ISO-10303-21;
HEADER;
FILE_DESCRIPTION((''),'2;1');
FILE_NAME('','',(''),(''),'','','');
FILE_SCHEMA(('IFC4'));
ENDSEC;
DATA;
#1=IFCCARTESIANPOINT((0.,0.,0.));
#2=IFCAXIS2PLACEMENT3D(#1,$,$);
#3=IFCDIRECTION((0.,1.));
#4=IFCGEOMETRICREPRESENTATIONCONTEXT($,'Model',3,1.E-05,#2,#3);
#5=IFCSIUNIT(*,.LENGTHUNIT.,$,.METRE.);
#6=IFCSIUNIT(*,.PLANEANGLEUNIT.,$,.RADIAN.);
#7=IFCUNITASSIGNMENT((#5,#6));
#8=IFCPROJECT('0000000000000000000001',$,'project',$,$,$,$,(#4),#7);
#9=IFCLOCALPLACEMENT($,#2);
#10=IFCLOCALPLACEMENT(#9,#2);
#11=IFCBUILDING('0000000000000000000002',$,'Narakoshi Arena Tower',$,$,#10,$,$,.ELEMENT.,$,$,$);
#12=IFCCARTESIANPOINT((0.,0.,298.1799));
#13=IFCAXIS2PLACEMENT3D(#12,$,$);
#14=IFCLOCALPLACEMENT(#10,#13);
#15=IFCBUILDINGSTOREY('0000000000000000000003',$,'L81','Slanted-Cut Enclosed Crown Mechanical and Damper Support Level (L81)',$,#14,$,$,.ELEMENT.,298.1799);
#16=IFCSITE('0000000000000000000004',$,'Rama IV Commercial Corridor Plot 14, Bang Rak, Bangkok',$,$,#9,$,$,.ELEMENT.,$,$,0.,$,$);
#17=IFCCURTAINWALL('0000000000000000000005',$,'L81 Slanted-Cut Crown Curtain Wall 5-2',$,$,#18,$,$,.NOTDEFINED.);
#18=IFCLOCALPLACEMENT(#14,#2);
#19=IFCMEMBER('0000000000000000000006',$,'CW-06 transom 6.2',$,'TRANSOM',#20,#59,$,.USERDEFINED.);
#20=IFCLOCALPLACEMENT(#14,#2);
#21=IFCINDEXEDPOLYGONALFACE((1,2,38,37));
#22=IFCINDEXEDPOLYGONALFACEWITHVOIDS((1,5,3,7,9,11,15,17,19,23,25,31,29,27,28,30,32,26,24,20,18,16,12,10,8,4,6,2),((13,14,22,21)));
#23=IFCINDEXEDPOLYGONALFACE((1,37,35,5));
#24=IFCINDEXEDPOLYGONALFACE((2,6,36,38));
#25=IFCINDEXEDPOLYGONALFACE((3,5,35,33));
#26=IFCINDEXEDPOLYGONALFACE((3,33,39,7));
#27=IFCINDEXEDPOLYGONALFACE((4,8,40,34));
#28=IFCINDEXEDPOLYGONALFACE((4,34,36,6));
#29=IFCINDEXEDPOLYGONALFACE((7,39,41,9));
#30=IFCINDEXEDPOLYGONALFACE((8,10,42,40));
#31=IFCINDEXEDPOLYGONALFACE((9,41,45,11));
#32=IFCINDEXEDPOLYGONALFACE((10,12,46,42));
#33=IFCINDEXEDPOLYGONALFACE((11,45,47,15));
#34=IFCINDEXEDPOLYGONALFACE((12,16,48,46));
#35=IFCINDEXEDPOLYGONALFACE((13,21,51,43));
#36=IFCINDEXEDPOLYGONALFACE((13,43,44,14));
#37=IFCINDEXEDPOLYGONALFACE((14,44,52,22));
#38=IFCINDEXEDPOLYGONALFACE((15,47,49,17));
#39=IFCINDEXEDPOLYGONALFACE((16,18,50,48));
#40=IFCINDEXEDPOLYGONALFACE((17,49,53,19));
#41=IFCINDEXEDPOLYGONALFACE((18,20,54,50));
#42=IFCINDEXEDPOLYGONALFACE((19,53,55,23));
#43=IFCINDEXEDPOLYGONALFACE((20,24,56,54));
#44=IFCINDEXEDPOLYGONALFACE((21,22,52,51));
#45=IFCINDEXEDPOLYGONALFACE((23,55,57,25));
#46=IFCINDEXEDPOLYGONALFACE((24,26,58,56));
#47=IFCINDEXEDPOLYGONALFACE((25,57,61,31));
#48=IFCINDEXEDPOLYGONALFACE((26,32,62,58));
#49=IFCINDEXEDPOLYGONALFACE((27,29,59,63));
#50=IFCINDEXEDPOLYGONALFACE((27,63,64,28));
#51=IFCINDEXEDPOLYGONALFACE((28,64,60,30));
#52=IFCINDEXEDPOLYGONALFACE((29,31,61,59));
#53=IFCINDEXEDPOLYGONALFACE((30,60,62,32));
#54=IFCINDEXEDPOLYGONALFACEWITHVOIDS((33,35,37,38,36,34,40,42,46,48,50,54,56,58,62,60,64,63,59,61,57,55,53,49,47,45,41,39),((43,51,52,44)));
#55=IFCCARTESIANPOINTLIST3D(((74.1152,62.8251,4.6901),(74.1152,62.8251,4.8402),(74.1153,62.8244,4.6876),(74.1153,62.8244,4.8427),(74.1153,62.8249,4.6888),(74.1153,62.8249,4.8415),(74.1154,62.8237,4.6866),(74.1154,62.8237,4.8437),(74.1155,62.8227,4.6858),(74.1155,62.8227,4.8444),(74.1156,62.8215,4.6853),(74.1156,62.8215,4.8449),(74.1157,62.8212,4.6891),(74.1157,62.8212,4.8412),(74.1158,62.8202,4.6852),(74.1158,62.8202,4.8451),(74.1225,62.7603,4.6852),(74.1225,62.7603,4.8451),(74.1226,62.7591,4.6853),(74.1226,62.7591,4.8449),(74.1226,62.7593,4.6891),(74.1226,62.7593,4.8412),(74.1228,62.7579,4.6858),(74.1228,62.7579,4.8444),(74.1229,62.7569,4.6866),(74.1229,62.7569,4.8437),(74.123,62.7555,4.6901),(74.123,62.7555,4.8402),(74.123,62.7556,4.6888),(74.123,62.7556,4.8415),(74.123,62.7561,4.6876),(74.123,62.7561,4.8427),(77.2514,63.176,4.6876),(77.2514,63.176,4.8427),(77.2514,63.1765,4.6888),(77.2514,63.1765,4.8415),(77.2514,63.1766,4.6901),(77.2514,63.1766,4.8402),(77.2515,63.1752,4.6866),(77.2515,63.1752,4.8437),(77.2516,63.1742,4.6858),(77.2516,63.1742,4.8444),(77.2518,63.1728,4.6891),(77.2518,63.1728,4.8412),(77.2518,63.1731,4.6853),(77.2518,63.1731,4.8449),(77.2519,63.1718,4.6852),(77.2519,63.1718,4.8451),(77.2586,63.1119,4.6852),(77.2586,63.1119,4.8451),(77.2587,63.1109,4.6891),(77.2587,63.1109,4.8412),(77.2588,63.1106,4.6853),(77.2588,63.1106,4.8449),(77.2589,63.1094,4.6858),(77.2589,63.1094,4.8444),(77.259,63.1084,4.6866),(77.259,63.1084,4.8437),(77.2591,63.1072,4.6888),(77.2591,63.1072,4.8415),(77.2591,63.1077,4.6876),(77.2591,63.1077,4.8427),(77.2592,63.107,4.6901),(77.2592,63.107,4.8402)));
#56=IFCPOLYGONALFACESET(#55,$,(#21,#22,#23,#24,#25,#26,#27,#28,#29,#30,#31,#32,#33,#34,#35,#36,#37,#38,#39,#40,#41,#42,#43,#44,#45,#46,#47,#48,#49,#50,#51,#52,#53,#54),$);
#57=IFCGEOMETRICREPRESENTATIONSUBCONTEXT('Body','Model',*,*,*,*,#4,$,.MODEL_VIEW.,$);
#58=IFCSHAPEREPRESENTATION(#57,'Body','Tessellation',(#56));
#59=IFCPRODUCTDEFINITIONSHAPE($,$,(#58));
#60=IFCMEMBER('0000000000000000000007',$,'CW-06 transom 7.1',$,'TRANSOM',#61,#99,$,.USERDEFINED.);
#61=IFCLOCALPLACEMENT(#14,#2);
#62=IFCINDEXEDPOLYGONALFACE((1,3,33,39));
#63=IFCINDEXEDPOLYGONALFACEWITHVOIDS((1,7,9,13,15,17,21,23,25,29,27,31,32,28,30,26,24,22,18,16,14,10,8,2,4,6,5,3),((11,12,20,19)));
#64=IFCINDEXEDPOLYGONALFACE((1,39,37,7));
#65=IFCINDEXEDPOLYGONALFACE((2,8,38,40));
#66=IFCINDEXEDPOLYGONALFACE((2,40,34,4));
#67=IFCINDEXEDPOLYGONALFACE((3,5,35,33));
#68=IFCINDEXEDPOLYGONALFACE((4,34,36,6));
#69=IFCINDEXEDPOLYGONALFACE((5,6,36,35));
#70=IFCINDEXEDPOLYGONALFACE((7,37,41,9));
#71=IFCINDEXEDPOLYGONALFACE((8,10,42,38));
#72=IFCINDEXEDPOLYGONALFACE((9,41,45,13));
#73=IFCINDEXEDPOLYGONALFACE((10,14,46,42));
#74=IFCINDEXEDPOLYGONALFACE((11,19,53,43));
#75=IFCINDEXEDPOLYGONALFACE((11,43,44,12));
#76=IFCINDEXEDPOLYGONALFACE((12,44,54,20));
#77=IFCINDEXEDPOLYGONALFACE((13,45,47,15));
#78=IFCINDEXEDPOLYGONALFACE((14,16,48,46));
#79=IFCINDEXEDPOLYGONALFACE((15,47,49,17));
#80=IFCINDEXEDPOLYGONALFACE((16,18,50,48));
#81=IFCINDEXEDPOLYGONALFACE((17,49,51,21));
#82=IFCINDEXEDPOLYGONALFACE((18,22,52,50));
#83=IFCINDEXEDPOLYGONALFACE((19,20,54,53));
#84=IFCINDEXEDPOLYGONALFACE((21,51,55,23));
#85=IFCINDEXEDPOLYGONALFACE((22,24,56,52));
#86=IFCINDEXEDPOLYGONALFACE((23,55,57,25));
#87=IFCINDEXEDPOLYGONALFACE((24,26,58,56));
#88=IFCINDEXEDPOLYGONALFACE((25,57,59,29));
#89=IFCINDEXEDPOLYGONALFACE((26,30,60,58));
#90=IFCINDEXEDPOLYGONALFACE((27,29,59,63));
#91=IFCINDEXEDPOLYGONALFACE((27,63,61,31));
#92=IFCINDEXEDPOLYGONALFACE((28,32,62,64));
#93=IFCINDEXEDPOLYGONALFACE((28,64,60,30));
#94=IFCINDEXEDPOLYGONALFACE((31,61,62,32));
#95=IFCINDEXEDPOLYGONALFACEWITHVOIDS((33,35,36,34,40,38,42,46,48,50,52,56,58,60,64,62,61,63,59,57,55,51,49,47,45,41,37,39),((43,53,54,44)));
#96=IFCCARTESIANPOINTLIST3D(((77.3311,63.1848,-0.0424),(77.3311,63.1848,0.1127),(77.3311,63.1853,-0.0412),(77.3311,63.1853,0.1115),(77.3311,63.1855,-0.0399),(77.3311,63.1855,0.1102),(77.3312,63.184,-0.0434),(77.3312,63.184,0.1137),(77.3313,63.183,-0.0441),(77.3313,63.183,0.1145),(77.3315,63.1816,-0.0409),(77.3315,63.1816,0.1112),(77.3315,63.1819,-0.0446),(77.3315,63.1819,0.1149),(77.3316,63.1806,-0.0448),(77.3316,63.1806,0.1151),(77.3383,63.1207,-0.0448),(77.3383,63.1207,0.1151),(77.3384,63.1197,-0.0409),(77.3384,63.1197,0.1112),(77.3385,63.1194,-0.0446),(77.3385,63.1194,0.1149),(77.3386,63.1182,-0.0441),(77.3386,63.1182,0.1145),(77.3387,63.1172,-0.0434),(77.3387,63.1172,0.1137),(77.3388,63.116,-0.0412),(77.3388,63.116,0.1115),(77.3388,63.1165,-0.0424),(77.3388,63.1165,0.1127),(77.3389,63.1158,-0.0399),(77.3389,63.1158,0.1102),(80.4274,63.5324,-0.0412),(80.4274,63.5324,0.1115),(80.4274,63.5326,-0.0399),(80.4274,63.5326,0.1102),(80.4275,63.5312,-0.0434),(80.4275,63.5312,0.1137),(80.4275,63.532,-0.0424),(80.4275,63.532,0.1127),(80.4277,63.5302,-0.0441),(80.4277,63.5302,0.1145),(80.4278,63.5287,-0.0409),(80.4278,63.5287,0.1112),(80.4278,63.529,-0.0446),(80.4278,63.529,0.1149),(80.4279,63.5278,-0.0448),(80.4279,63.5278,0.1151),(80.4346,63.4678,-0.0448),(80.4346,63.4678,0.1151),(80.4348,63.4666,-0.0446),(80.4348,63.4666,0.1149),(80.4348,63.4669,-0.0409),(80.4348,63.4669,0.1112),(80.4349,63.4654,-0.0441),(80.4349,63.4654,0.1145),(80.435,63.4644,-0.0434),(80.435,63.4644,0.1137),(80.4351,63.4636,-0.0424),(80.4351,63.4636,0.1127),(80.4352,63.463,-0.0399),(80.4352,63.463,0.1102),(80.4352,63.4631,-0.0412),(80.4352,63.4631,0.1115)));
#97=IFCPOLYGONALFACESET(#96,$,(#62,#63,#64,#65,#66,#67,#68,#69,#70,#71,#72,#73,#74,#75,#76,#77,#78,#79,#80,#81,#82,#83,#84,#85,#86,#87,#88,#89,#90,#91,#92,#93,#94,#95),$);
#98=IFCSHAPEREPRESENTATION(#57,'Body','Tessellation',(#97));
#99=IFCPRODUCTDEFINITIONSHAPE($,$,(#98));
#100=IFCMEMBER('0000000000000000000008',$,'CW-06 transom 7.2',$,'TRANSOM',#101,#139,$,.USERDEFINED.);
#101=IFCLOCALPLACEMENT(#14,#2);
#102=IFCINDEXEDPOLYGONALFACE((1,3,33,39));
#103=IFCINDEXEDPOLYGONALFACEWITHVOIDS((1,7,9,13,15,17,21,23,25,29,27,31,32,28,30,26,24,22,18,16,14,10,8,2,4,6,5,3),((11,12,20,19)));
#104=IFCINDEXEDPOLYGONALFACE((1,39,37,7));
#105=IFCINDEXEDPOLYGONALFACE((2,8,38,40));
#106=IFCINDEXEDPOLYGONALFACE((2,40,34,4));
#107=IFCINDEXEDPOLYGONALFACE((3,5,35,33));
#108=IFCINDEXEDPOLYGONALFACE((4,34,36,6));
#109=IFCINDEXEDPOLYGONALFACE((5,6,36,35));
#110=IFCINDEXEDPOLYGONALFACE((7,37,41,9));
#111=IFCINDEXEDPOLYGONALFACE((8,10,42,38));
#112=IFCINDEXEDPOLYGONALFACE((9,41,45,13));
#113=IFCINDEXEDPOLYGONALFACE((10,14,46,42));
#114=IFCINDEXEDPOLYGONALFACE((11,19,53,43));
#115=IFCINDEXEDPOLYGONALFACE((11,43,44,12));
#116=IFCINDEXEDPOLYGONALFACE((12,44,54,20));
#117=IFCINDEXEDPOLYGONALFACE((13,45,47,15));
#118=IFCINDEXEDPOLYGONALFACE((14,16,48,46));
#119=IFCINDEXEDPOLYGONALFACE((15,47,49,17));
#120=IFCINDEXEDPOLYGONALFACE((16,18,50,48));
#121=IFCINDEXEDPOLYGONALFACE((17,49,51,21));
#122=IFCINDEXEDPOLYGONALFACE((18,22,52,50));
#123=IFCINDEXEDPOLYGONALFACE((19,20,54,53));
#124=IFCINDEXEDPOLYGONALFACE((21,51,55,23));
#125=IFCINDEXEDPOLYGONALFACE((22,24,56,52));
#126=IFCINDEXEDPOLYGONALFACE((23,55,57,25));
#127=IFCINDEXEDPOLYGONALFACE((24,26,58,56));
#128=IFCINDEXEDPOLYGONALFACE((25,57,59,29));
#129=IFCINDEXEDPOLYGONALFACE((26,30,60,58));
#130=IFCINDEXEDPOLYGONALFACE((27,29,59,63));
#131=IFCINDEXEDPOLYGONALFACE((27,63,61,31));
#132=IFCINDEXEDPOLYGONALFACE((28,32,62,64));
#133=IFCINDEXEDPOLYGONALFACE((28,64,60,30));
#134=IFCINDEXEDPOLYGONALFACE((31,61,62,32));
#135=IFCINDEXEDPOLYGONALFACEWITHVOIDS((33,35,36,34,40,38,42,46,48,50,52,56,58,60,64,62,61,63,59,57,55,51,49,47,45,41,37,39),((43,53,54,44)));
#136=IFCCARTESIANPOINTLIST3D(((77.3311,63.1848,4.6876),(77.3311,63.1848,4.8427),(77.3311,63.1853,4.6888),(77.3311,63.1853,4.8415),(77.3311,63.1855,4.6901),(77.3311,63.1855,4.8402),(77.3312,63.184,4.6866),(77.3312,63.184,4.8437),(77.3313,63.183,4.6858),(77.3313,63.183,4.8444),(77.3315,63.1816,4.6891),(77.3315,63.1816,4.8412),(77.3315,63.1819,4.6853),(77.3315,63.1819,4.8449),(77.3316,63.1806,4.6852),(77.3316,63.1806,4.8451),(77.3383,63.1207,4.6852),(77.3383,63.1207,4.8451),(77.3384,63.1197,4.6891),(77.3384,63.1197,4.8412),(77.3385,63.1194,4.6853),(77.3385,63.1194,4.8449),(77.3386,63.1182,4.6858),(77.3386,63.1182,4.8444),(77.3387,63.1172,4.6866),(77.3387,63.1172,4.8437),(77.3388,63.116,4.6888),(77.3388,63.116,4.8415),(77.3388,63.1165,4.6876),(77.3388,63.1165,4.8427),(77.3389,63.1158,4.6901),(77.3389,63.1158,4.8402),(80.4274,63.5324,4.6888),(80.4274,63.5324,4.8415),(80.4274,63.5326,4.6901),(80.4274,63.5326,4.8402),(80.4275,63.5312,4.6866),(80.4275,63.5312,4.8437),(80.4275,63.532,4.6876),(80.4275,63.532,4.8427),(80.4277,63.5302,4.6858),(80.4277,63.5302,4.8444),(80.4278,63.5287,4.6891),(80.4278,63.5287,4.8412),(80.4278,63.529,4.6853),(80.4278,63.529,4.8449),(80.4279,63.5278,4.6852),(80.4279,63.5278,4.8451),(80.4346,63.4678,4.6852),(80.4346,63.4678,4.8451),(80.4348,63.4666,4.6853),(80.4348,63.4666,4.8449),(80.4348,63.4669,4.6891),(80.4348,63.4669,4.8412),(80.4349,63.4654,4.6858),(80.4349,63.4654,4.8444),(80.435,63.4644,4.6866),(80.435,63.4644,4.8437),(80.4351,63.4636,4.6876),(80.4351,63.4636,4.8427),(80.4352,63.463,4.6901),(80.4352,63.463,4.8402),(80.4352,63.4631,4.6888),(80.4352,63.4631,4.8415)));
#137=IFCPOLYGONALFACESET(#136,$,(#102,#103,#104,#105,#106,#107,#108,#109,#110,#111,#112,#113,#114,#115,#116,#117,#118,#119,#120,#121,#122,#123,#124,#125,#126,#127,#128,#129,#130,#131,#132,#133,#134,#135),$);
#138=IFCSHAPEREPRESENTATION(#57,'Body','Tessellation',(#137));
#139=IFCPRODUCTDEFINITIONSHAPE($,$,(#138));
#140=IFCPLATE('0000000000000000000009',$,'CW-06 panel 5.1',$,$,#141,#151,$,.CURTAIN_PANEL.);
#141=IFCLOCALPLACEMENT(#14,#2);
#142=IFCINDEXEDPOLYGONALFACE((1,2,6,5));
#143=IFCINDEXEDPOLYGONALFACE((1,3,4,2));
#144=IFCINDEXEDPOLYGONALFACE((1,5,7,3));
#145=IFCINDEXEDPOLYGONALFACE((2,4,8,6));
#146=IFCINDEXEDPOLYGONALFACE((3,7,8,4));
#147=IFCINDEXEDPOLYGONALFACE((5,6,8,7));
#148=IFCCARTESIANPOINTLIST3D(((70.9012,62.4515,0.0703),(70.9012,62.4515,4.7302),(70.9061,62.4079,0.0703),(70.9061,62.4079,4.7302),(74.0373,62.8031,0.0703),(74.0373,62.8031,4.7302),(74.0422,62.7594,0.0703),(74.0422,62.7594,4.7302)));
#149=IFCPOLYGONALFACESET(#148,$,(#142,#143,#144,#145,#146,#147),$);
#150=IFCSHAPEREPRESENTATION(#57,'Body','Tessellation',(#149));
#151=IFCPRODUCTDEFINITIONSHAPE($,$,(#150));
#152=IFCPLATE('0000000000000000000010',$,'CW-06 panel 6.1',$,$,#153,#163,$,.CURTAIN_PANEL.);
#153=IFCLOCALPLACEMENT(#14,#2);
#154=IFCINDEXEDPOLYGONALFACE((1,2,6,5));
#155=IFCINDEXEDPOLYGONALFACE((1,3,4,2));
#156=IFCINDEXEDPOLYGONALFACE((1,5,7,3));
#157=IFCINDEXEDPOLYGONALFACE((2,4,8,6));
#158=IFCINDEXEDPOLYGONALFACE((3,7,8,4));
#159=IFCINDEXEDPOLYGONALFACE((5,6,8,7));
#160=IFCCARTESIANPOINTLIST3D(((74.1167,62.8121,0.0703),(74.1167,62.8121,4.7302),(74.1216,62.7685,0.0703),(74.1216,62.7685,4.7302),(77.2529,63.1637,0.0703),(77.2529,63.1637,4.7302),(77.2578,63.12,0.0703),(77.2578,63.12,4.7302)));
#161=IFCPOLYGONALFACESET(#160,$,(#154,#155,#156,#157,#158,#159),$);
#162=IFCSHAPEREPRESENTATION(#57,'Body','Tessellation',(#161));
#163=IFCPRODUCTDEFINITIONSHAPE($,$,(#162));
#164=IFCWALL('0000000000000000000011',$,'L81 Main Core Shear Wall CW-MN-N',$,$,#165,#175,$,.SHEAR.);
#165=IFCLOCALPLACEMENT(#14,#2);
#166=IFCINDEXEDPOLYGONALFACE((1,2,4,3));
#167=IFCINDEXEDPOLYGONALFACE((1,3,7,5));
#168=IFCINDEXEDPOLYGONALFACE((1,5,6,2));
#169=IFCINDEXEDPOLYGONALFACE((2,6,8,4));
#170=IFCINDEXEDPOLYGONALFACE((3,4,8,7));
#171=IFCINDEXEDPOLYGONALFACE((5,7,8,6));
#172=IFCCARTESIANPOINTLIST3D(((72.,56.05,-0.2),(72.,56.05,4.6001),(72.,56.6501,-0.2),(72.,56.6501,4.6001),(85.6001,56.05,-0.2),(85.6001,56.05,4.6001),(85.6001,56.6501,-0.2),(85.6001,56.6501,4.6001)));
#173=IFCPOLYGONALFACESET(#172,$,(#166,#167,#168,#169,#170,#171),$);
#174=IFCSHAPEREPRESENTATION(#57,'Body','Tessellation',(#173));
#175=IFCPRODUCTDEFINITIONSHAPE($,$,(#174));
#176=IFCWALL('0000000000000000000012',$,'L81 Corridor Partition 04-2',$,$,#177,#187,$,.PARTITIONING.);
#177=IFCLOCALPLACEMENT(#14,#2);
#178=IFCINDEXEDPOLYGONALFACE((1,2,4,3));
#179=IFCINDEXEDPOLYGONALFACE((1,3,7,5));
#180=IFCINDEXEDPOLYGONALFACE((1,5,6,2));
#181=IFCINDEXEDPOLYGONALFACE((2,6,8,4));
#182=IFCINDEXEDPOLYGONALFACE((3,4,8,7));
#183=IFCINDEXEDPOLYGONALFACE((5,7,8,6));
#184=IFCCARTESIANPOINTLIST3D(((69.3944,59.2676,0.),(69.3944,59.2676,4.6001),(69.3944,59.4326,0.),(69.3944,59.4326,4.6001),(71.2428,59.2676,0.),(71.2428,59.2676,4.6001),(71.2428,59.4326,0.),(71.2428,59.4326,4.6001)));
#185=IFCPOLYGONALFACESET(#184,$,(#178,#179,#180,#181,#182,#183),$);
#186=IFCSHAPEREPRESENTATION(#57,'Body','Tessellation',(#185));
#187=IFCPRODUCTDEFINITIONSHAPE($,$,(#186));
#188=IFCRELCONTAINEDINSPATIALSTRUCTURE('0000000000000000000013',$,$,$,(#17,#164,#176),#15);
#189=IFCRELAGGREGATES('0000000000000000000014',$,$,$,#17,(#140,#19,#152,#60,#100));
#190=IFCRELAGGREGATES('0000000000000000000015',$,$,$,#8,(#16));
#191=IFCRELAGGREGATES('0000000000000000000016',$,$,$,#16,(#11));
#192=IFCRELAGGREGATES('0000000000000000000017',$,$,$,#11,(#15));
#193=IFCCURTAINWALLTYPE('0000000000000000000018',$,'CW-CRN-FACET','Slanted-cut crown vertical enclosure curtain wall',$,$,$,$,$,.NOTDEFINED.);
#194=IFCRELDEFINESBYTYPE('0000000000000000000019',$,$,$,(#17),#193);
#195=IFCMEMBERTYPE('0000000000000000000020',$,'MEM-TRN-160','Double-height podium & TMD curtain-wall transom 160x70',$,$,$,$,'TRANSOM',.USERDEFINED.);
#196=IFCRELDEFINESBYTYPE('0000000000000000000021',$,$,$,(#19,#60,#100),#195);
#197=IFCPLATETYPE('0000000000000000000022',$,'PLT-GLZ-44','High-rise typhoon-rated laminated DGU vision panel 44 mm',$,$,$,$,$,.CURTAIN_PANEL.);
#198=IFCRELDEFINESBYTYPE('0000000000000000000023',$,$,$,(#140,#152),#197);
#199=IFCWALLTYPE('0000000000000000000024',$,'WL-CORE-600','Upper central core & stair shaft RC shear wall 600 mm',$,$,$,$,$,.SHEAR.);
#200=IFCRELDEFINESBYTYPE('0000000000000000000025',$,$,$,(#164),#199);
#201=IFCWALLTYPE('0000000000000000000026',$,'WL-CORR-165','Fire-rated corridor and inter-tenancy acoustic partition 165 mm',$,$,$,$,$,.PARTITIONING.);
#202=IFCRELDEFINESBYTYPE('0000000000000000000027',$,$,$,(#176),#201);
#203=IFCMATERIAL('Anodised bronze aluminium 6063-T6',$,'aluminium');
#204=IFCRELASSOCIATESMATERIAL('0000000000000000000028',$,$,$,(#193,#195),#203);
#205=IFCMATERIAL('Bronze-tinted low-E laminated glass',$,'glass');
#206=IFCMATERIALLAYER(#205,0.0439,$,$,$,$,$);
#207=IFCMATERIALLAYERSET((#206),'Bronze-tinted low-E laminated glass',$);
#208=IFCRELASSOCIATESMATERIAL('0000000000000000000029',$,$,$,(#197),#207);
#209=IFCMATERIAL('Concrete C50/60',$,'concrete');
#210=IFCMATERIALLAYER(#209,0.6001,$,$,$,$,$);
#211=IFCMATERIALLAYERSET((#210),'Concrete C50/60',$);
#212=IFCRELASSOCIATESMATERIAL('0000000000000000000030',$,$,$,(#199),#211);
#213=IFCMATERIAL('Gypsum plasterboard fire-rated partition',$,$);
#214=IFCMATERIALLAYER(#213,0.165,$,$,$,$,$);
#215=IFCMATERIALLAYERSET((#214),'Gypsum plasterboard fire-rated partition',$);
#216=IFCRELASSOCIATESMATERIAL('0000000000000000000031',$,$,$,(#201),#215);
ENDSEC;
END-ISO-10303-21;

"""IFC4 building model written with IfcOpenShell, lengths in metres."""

from ifc_helpers import new_model, si_unit, direction, frame, frame_2d, origin, origin_2d, place, context, subcontext, project, spatial, rectangle, hollow_rectangle, extrude, material, layer, layer_set, material_profile, profile_set, type_object, element, aggregate, save


model = new_model("IFC4")

# Units and contexts
model_context = context("Model", 3, precision=1e-05, world=origin(), true_north=direction((0.0, 1.0)))
body_context = subcontext(model_context, "Body", "Model", "MODEL_VIEW")
ifc_project = project(units=[si_unit("LENGTHUNIT", "METRE"), si_unit("PLANEANGLEUNIT", "RADIAN")], contexts=[model_context])

# Site, building, storey
site_placement = place(None, origin())
site = spatial("IfcSite", under=ifc_project, at=site_placement, Name="Rama IV Commercial Corridor Plot 14, Bang Rak, Bangkok", CompositionType="ELEMENT", RefElevation=0.0)
building_placement = place(site_placement, origin())
building = spatial("IfcBuilding", under=site, at=building_placement, Name="Narakoshi Arena Tower", CompositionType="ELEMENT")
storey_placement = place(building_placement, frame((0.0, 0.0, 298.1799)))
storey = spatial("IfcBuildingStorey", under=building, at=storey_placement, Name="L81", Description="Slanted-Cut Enclosed Crown Mechanical and Damper Support Level (L81)", CompositionType="ELEMENT", Elevation=298.1799)

# Curtain wall, members, plates
ifc_material_1 = material(Name="Anodised bronze aluminium 6063-T6", Category="aluminium")
curtain_wall_type = type_object("IfcCurtainWallType", Name="CW-CRN-FACET", Description="Slanted-cut crown vertical enclosure curtain wall", PredefinedType="NOTDEFINED", material=ifc_material_1)
curtain_wall_placement = place(storey_placement, origin())
curtain_wall = element("IfcCurtainWall", 1, at=curtain_wall_placement, inside=storey, type_object=curtain_wall_type, Name="L81 Slanted-Cut Crown Curtain Wall 5-2", PredefinedType="NOTDEFINED")
ifc_material_profile_1 = material_profile(ifc_material_1, hollow_rectangle(XDim=0.0701, YDim=0.1599, WallThickness=0.0039, OuterFilletRadius=0.0049, at=origin_2d()), Name="TRN160x70x4")
ifc_profile_set_1 = profile_set([ifc_material_profile_1], Name="Anodised bronze aluminium 6063-T6")
member_type_1 = type_object("IfcMemberType", Name="MEM-TRN-160", Description="Double-height podium & TMD curtain-wall transom 160x70", ElementType="TRANSOM", PredefinedType="USERDEFINED", material=ifc_profile_set_1)
member_1_placement = place(storey_placement, frame((74.1191, 62.7903, 4.7651), z_axis=(0.993776, 0.111399, 0.0), x_axis=(-0.111399, 0.993776, 0.0)))
member_1 = element("IfcMember", 2, at=member_1_placement, type_object=member_type_1, Name="CW-06 transom 6.2", ObjectType="TRANSOM", PredefinedType="USERDEFINED", context=body_context, shape_type="SweptSolid", body=[
    extrude(hollow_rectangle(XDim=0.0701, YDim=0.1599, WallThickness=0.0039, OuterFilletRadius=0.0049, at=origin_2d()), origin(), (0.0, 0.0, 1.0), 3.1558),
])
member_2_placement = place(storey_placement, frame((77.335, 63.1506, 0.0352), z_axis=(0.993773, 0.11142, 0.0), x_axis=(-0.11142, 0.993773, 0.0)))
member_2 = element("IfcMember", 3, at=member_2_placement, type_object=member_type_1, Name="CW-06 transom 7.1", ObjectType="TRANSOM", PredefinedType="USERDEFINED", context=body_context, shape_type="SweptSolid", body=[
    extrude(hollow_rectangle(XDim=0.0701, YDim=0.1599, WallThickness=0.0039, OuterFilletRadius=0.0049, at=origin_2d()), origin(), (0.0, 0.0, 1.0), 3.1157),
])
member_3_placement = place(storey_placement, frame((77.335, 63.1506, 4.7651), z_axis=(0.993773, 0.11142, 0.0), x_axis=(-0.11142, 0.993773, 0.0)))
member_3 = element("IfcMember", 4, at=member_3_placement, type_object=member_type_1, Name="CW-06 transom 7.2", ObjectType="TRANSOM", PredefinedType="USERDEFINED", context=body_context, shape_type="SweptSolid", body=[
    extrude(hollow_rectangle(XDim=0.0701, YDim=0.1599, WallThickness=0.0039, OuterFilletRadius=0.0049, at=origin_2d()), origin(), (0.0, 0.0, 1.0), 3.1157),
])
ifc_material_2 = material(Name="Bronze-tinted low-E laminated glass", Category="glass")
ifc_layer_1 = layer(ifc_material_2, 0.0439)
ifc_layer_set_1 = layer_set([ifc_layer_1], Name="Bronze-tinted low-E laminated glass")
plate_type = type_object("IfcPlateType", Name="PLT-GLZ-44", Description="High-rise typhoon-rated laminated DGU vision panel 44 mm", PredefinedType="CURTAIN_PANEL", material=ifc_layer_set_1)
plate_1_placement = place(storey_placement, frame((72.4717, 62.6055, 0.0703), z_axis=(0.0, 0.0, 1.0), x_axis=(0.993776, 0.111395, 0.0)))
plate_1 = element("IfcPlate", 5, at=plate_1_placement, type_object=plate_type, Name="CW-06 panel 5.1", PredefinedType="CURTAIN_PANEL", context=body_context, shape_type="SweptSolid", body=[
    extrude(rectangle(XDim=3.1558, YDim=0.0439, at=origin_2d()), origin(), (0.0, 0.0, 1.0), 4.6599),
])
plate_2_placement = place(storey_placement, frame((75.6873, 62.9661, 0.0703), z_axis=(0.0, 0.0, 1.0), x_axis=(0.993776, 0.111395, 0.0)))
plate_2 = element("IfcPlate", 6, at=plate_2_placement, type_object=plate_type, Name="CW-06 panel 6.1", PredefinedType="CURTAIN_PANEL", context=body_context, shape_type="SweptSolid", body=[
    extrude(rectangle(XDim=3.1558, YDim=0.0439, at=origin_2d()), origin(), (0.0, 0.0, 1.0), 4.6599),
])
aggregate(curtain_wall, [plate_1, member_1, plate_2, member_2, member_3])

# Walls
ifc_material_3 = material(Name="Concrete C50/60", Category="concrete")
ifc_layer_2 = layer(ifc_material_3, 0.6001)
ifc_layer_set_2 = layer_set([ifc_layer_2], Name="Concrete C50/60")
wall_type_1 = type_object("IfcWallType", Name="WL-CORE-600", Description="Upper central core & stair shaft RC shear wall 600 mm", PredefinedType="SHEAR", material=ifc_layer_set_2)
wall_1_placement = place(storey_placement, frame((72.0, 56.3501, -0.2), z_axis=(0.0, 0.0, 1.0), x_axis=(1.0, 0.0, 0.0)))
element("IfcWall", 7, at=wall_1_placement, inside=storey, type_object=wall_type_1, Name="L81 Main Core Shear Wall CW-MN-N", PredefinedType="SHEAR", context=body_context, shape_type="SweptSolid", body=[
    extrude(rectangle(XDim=13.6001, YDim=0.6001, at=frame_2d((6.8, 0.0))), origin(), (0.0, 0.0, 1.0), 4.8),
])
ifc_material_4 = material(Name="Gypsum plasterboard fire-rated partition")
ifc_layer_3 = layer(ifc_material_4, 0.165)
ifc_layer_set_3 = layer_set([ifc_layer_3], Name="Gypsum plasterboard fire-rated partition")
wall_type_2 = type_object("IfcWallType", Name="WL-CORR-165", Description="Fire-rated corridor and inter-tenancy acoustic partition 165 mm", PredefinedType="PARTITIONING", material=ifc_layer_set_3)
wall_2_placement = place(storey_placement, frame((71.2429, 59.3501, 0.0), z_axis=(0.0, 0.0, 1.0), x_axis=(-1.0, 0.0, 0.0)))
element("IfcWall", 8, at=wall_2_placement, inside=storey, type_object=wall_type_2, Name="L81 Corridor Partition 04-2", PredefinedType="PARTITIONING", context=body_context, shape_type="SweptSolid", body=[
    extrude(rectangle(XDim=1.8484, YDim=0.165, at=frame_2d((0.9243, 0.0))), origin(), (0.0, 0.0, 1.0), 4.6001),
])

save(model, "model.ifc")
